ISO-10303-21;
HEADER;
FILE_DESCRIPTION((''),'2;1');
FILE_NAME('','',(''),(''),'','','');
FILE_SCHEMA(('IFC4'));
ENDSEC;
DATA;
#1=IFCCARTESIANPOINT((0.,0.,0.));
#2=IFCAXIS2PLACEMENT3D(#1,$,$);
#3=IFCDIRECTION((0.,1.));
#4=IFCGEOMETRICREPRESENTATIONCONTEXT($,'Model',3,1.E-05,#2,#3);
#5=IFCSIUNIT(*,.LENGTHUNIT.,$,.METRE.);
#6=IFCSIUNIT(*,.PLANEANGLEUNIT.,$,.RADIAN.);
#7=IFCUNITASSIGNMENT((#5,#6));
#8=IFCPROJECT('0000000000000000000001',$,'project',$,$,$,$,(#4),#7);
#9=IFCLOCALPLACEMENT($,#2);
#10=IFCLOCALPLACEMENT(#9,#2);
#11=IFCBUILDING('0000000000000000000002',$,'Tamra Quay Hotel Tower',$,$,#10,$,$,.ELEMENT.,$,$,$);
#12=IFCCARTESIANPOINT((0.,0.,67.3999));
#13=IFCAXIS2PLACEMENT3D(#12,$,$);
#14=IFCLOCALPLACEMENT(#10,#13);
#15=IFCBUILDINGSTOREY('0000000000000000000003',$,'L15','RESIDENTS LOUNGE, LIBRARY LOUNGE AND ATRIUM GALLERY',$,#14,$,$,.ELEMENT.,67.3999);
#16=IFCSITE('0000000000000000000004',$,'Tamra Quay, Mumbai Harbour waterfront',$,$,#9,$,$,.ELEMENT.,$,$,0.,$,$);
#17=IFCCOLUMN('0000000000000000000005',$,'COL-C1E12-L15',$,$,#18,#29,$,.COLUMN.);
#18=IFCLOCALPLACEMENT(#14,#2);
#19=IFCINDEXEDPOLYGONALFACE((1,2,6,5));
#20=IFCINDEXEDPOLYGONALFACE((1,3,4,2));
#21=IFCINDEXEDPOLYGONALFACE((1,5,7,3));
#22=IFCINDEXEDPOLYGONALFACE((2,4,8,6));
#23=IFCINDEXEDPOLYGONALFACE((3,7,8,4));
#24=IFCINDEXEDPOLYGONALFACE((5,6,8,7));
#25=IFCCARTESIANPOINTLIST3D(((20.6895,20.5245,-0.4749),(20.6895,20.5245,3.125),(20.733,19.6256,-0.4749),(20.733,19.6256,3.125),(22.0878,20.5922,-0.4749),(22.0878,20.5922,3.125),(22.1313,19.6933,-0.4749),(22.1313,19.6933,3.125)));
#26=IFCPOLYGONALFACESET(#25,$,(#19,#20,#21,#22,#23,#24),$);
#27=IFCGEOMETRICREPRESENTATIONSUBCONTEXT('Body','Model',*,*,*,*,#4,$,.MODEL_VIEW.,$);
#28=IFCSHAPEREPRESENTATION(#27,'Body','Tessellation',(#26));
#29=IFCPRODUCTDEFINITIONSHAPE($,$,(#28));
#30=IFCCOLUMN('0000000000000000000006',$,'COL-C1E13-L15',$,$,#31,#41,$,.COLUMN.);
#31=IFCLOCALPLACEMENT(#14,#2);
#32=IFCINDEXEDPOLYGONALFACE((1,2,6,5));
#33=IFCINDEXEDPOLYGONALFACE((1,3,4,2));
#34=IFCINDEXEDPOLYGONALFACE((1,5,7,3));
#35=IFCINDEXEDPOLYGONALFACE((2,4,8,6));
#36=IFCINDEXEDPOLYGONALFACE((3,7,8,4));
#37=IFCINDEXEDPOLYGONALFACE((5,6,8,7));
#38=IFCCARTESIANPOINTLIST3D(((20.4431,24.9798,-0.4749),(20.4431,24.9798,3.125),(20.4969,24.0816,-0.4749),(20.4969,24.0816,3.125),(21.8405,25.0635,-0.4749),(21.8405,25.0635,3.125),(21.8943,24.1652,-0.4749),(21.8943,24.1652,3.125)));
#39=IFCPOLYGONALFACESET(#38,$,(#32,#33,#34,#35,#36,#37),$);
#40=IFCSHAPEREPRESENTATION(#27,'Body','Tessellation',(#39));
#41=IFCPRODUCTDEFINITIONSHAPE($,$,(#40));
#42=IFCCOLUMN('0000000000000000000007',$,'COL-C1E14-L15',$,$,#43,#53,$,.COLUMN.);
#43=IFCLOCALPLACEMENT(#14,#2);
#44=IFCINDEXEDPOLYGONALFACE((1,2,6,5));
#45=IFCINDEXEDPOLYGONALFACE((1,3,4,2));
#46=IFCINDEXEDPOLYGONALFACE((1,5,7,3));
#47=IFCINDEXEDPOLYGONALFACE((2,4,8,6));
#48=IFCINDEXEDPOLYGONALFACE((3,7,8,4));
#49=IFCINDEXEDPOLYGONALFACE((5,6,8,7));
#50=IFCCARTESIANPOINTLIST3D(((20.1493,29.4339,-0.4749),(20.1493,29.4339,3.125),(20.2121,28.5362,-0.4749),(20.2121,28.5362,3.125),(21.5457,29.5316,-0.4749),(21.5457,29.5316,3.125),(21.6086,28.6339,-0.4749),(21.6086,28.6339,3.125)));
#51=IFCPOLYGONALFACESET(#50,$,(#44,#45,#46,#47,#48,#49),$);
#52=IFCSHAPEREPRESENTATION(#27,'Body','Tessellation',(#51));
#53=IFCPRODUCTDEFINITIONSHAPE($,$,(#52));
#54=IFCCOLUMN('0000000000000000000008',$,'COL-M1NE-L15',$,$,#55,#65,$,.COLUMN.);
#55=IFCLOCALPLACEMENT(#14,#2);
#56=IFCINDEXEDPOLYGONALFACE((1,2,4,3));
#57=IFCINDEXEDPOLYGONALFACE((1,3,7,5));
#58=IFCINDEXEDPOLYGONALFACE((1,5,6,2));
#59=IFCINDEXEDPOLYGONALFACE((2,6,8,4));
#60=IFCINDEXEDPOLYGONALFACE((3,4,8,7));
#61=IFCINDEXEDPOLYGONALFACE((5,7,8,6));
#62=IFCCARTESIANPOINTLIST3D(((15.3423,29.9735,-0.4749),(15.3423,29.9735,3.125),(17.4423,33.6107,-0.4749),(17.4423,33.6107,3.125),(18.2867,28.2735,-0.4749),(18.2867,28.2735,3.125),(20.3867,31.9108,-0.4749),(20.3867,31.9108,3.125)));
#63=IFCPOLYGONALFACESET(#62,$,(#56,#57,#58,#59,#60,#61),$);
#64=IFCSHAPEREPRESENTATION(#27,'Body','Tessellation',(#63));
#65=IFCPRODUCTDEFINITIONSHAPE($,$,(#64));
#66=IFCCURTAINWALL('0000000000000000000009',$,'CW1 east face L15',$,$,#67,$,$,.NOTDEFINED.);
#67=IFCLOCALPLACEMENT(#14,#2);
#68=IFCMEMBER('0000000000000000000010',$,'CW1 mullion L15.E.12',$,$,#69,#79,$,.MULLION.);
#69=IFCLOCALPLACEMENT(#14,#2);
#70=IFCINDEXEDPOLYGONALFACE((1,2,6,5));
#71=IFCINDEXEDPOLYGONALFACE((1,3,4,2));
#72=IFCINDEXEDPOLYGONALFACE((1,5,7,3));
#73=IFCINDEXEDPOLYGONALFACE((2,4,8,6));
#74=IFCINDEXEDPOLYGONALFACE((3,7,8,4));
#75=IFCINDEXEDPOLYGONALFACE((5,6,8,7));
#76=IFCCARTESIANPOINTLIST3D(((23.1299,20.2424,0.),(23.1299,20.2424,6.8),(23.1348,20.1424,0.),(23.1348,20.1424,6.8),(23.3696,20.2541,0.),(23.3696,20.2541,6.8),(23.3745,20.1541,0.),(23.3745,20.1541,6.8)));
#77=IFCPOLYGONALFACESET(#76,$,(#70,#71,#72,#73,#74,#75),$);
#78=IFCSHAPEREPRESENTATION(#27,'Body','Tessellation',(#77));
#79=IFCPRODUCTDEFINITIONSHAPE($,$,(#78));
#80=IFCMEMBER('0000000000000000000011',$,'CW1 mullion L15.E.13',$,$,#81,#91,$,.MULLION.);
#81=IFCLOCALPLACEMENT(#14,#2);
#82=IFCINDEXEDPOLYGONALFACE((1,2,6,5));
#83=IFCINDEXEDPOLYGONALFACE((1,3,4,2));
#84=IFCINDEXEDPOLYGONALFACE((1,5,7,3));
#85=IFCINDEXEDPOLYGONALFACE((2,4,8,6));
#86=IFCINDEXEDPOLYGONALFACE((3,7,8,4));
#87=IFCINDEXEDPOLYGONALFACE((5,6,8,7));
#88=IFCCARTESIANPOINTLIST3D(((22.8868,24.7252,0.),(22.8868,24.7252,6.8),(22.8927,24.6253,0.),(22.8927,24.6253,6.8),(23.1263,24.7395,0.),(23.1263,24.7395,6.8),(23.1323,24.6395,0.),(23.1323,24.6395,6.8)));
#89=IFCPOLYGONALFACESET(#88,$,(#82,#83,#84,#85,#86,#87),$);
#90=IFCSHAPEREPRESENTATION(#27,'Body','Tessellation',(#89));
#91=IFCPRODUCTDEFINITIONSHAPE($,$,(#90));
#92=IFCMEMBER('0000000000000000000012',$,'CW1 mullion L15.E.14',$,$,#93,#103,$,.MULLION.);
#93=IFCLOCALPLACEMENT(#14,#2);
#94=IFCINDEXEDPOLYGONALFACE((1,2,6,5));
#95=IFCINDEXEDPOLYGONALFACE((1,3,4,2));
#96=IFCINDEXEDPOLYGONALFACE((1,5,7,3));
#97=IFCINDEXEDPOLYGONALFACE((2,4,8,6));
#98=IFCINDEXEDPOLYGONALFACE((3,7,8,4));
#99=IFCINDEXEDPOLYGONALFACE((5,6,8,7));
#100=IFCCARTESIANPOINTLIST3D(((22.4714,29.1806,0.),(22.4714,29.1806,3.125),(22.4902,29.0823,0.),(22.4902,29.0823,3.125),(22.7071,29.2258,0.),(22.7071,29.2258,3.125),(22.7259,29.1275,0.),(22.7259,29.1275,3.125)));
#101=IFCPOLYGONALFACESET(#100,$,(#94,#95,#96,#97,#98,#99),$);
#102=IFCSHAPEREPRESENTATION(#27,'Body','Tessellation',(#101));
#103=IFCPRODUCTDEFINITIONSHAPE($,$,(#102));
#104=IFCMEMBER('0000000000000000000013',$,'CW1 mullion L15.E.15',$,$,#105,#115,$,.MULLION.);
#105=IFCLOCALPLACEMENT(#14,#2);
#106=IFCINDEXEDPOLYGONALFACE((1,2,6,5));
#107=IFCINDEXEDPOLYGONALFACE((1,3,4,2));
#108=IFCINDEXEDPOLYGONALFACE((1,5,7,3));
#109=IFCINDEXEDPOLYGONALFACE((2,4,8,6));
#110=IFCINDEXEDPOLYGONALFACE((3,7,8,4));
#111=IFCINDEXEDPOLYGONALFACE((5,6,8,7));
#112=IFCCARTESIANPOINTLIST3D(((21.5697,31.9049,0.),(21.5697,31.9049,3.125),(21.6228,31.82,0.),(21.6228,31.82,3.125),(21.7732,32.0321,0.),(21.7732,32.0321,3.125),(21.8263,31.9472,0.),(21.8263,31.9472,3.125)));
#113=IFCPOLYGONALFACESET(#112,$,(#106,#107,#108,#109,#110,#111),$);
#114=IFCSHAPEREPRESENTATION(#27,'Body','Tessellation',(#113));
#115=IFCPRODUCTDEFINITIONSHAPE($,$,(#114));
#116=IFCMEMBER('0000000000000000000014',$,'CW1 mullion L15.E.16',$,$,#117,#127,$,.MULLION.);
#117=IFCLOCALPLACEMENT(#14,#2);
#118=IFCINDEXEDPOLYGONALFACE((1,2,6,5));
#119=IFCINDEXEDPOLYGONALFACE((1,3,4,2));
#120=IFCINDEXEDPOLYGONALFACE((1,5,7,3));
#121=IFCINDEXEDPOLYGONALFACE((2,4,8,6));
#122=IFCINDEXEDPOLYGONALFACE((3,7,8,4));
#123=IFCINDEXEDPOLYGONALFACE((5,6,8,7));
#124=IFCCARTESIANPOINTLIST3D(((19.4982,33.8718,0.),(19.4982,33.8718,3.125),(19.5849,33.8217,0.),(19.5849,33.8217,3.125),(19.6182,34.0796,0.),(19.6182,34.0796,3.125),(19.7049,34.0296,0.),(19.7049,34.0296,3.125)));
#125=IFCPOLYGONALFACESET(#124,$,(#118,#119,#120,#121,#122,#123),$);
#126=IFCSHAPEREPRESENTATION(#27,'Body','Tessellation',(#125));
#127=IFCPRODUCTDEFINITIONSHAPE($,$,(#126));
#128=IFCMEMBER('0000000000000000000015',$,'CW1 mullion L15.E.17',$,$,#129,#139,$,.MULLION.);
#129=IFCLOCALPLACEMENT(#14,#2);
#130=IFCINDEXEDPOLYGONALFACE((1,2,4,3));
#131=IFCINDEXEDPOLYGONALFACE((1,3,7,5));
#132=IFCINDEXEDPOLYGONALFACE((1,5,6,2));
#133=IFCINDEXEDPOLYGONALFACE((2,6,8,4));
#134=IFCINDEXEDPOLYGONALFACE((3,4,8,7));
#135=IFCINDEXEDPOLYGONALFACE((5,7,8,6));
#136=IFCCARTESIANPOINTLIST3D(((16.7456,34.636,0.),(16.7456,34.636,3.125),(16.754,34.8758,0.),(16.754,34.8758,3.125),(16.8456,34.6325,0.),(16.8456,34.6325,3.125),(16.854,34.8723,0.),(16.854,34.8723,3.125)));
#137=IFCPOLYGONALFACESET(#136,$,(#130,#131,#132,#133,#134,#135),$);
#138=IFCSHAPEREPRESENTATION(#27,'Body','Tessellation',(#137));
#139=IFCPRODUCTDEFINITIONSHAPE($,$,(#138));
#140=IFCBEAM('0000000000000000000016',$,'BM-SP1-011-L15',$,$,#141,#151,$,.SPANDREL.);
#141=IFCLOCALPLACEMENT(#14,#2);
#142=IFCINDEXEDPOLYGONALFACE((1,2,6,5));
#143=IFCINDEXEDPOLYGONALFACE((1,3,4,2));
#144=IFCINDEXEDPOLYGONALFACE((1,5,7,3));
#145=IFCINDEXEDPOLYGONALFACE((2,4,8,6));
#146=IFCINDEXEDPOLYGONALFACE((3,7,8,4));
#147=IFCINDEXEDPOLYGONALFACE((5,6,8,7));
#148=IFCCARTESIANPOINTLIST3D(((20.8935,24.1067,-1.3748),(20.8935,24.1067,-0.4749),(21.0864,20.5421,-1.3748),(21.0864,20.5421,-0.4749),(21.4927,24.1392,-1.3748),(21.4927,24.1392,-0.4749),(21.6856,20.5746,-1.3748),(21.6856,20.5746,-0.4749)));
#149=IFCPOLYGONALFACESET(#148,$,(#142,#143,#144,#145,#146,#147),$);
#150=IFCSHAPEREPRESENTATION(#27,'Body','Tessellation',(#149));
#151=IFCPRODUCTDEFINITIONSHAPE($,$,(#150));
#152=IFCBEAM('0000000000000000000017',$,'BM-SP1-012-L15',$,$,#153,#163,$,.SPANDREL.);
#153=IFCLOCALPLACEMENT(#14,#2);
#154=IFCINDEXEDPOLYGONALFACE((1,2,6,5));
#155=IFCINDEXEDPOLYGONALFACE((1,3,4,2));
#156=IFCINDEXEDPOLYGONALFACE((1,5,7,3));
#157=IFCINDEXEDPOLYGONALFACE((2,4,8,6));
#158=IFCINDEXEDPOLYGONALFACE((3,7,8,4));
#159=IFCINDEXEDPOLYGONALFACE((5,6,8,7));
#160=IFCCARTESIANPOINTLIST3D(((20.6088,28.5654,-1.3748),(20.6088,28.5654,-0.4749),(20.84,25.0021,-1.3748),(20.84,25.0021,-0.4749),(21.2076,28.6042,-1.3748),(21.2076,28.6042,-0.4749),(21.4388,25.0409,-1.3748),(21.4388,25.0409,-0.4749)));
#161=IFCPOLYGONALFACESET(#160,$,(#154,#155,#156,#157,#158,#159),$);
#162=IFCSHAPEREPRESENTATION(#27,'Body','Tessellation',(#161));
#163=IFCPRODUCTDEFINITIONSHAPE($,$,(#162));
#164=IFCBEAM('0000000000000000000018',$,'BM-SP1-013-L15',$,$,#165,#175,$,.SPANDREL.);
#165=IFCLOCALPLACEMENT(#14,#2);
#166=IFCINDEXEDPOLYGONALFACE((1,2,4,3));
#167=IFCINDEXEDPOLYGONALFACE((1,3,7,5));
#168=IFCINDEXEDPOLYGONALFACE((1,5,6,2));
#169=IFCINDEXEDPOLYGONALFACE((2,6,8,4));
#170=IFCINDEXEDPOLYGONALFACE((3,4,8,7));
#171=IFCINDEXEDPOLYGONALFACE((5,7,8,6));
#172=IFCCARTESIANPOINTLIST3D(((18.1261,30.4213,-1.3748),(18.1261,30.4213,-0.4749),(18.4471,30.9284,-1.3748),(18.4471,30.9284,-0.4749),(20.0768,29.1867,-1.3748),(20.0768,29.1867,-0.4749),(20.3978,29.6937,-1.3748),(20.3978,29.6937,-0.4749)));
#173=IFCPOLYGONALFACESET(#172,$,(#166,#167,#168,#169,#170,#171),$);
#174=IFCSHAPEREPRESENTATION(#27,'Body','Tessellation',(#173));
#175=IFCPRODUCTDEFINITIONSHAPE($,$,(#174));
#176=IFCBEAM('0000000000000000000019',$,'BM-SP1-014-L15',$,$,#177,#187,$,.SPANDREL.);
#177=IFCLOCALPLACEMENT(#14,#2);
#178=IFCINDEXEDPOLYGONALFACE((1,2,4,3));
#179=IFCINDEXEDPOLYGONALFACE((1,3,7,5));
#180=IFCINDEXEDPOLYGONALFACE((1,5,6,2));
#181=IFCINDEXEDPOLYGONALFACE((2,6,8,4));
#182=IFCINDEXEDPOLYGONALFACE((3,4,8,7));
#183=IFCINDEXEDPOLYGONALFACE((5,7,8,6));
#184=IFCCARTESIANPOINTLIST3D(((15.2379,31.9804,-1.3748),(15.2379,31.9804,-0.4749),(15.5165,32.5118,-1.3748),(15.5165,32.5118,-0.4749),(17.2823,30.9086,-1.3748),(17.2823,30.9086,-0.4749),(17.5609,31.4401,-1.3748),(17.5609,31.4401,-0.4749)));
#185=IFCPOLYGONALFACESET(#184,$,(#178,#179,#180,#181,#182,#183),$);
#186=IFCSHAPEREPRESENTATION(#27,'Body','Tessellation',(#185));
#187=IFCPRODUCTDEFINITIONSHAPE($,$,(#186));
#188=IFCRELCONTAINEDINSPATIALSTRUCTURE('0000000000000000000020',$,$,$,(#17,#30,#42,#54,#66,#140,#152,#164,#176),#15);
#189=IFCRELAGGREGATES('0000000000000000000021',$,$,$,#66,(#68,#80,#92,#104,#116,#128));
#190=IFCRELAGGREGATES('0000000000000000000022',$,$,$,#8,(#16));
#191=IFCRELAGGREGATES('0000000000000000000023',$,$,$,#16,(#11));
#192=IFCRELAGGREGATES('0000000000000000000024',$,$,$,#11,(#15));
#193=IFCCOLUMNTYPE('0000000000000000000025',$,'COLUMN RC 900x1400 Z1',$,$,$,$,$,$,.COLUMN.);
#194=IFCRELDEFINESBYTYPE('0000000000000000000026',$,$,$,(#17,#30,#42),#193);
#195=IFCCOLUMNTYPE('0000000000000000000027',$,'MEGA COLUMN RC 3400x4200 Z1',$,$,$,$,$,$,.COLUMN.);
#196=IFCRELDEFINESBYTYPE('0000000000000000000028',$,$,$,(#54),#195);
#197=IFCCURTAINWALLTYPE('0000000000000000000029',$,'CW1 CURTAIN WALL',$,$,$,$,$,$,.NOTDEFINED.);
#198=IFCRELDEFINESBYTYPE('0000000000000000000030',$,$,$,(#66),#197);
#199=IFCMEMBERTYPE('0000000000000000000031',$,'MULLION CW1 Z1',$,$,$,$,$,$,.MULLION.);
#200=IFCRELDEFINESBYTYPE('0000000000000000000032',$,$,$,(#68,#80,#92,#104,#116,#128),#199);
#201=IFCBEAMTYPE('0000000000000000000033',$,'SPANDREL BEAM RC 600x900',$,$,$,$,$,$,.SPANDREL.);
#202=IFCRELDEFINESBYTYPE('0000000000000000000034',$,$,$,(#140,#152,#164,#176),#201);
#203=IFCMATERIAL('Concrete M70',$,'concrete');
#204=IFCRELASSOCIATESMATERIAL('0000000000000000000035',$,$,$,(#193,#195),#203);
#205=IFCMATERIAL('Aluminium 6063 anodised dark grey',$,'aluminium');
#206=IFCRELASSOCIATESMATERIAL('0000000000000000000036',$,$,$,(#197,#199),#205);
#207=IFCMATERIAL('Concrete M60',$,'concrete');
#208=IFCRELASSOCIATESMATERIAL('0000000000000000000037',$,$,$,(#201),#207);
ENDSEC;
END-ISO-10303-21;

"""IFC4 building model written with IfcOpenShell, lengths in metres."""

from ifc_helpers import new_model, si_unit, direction, frame, origin, origin_2d, place, context, subcontext, project, spatial, rectangle, extrude, material, material_profile, profile_set, type_object, element, aggregate, save


model = new_model("IFC4")

# Units and contexts
model_context = context("Model", 3, precision=1e-05, world=origin(), true_north=direction((0.0, 1.0)))
body_context = subcontext(model_context, "Body", "Model", "MODEL_VIEW")
ifc_project = project(units=[si_unit("LENGTHUNIT", "METRE"), si_unit("PLANEANGLEUNIT", "RADIAN")], contexts=[model_context])

# Site, building, storey
site_placement = place(None, origin())
site = spatial("IfcSite", under=ifc_project, at=site_placement, Name="Tamra Quay, Mumbai Harbour waterfront", CompositionType="ELEMENT", RefElevation=0.0)
building_placement = place(site_placement, origin())
building = spatial("IfcBuilding", under=site, at=building_placement, Name="Tamra Quay Hotel Tower", CompositionType="ELEMENT")
storey_placement = place(building_placement, frame((0.0, 0.0, 67.3999)))
storey = spatial("IfcBuildingStorey", under=building, at=storey_placement, Name="L15", Description="RESIDENTS LOUNGE, LIBRARY LOUNGE AND ATRIUM GALLERY", CompositionType="ELEMENT", Elevation=67.3999)

# Columns
ifc_material_1 = material(Name="Concrete M70", Category="concrete")
ifc_material_profile_1 = material_profile(ifc_material_1, rectangle(XDim=1.3999, YDim=0.8999, at=origin_2d()), Name="COLUMN RC 900x1400 Z1")
ifc_profile_set_1 = profile_set([ifc_material_profile_1], Name="Concrete M70")
column_type_1 = type_object("IfcColumnType", Name="COLUMN RC 900x1400 Z1", PredefinedType="COLUMN", material=ifc_profile_set_1)
for number, where, z_axis, x_axis, name in (
    (1, (21.4104, 20.1089, -0.4749), (0.0, 0.0, 1.0), (0.998831, 0.048344, 0.0), "COL-C1E12-L15"),
    (2, (21.1687, 24.5725, -0.4749), (0.0, 0.0, 1.0), (0.998214, 0.059733, 0.0), "COL-C1E13-L15"),
    (3, (20.8789, 29.0339, -0.4749), (0.0, 0.0, 1.0), (0.997562, 0.06979, 0.0), "COL-C1E14-L15"),
):
    element("IfcColumn", number, at=place(storey_placement, frame(where, z_axis=z_axis, x_axis=x_axis)), inside=storey, type_object=column_type_1, Name=name, PredefinedType="COLUMN", context=body_context, shape_type="SweptSolid", body=[
        extrude(rectangle(XDim=1.3999, YDim=0.8999, at=origin_2d()), origin(), (0.0, 0.0, 1.0), 3.5999),
    ])
ifc_material_profile_2 = material_profile(ifc_material_1, rectangle(XDim=4.2, YDim=3.3999, at=origin_2d()), Name="MEGA COLUMN RC 3400x4200 Z1")
ifc_profile_set_2 = profile_set([ifc_material_profile_2], Name="Concrete M70")
column_type_2 = type_object("IfcColumnType", Name="MEGA COLUMN RC 3400x4200 Z1", PredefinedType="COLUMN", material=ifc_profile_set_2)
column_placement = place(storey_placement, frame((17.8645, 30.9421, -0.4749), z_axis=(0.0, 0.0, 1.0), x_axis=(0.5, 0.866025, 0.0)))
element("IfcColumn", 4, at=column_placement, inside=storey, type_object=column_type_2, Name="COL-M1NE-L15", PredefinedType="COLUMN", context=body_context, shape_type="SweptSolid", body=[
    extrude(rectangle(XDim=4.2, YDim=3.3999, at=origin_2d()), origin(), (0.0, 0.0, 1.0), 3.5999),
])

# Curtain wall, members
ifc_material_2 = material(Name="Aluminium 6063 anodised dark grey", Category="aluminium")
curtain_wall_type = type_object("IfcCurtainWallType", Name="CW1 CURTAIN WALL", PredefinedType="NOTDEFINED", material=ifc_material_2)
curtain_wall_placement = place(storey_placement, origin())
curtain_wall = element("IfcCurtainWall", 5, at=curtain_wall_placement, inside=storey, type_object=curtain_wall_type, Name="CW1 east face L15", PredefinedType="NOTDEFINED")
ifc_material_profile_3 = material_profile(ifc_material_2, rectangle(XDim=0.24, YDim=0.1001, at=origin_2d()), Name="MULLION 100X240")
ifc_profile_set_3 = profile_set([ifc_material_profile_3], Name="Aluminium 6063 anodised dark grey")
member_type_1 = type_object("IfcMemberType", Name="MULLION CW1 Z1", PredefinedType="MULLION", material=ifc_profile_set_3)
member_1_placement = place(storey_placement, frame((23.2522, 20.1982, 0.0), z_axis=(0.0, 0.0, 1.0), x_axis=(0.998815, 0.048675, 0.0)))
member_1 = element("IfcMember", 6, at=member_1_placement, type_object=member_type_1, Name="CW1 mullion L15.E.12", PredefinedType="MULLION", context=body_context, shape_type="SweptSolid", body=[
    extrude(rectangle(XDim=0.24, YDim=0.1001, at=origin_2d()), origin(), (0.0, 0.0, 1.0), 6.8),
])
member_2_placement = place(storey_placement, frame((23.0095, 24.6824, 0.0), z_axis=(0.0, 0.0, 1.0), x_axis=(0.998232, 0.059439, 0.0)))
member_2 = element("IfcMember", 7, at=member_2_placement, type_object=member_type_1, Name="CW1 mullion L15.E.13", PredefinedType="MULLION", context=body_context, shape_type="SweptSolid", body=[
    extrude(rectangle(XDim=0.24, YDim=0.1001, at=origin_2d()), origin(), (0.0, 0.0, 1.0), 6.8),
])
member_3_placement = place(storey_placement, frame((22.5986, 29.1541, 0.0), z_axis=(0.0, 0.0, 1.0), x_axis=(0.982095, 0.188389, 0.0)))
member_3 = element("IfcMember", 8, at=member_3_placement, type_object=member_type_1, Name="CW1 mullion L15.E.14", PredefinedType="MULLION", context=body_context, shape_type="SweptSolid", body=[
    extrude(rectangle(XDim=0.24, YDim=0.1001, at=origin_2d()), origin(), (0.0, 0.0, 1.0), 3.125),
])
member_4_placement = place(storey_placement, frame((21.698, 31.926, 0.0), z_axis=(0.0, 0.0, 1.0), x_axis=(0.848039, 0.529933, 0.0)))
member_4 = element("IfcMember", 9, at=member_4_placement, type_object=member_type_1, Name="CW1 mullion L15.E.15", PredefinedType="MULLION", context=body_context, shape_type="SweptSolid", body=[
    extrude(rectangle(XDim=0.24, YDim=0.1001, at=origin_2d()), origin(), (0.0, 0.0, 1.0), 3.125),
])
member_5_placement = place(storey_placement, frame((19.6016, 33.9507, 0.0), z_axis=(0.0, 0.0, 1.0), x_axis=(0.5, 0.866025, 0.0)))
member_5 = element("IfcMember", 10, at=member_5_placement, type_object=member_type_1, Name="CW1 mullion L15.E.16", PredefinedType="MULLION", context=body_context, shape_type="SweptSolid", body=[
    extrude(rectangle(XDim=0.24, YDim=0.1001, at=origin_2d()), origin(), (0.0, 0.0, 1.0), 3.125),
])
member_6_placement = place(storey_placement, frame((16.7998, 34.7542, 0.0), z_axis=(0.0, 0.0, 1.0), x_axis=(0.034916, 0.99939, 0.0)))
member_6 = element("IfcMember", 11, at=member_6_placement, type_object=member_type_1, Name="CW1 mullion L15.E.17", PredefinedType="MULLION", context=body_context, shape_type="SweptSolid", body=[
    extrude(rectangle(XDim=0.24, YDim=0.1001, at=origin_2d()), origin(), (0.0, 0.0, 1.0), 3.125),
])

# Beams
ifc_material_3 = material(Name="Concrete M60", Category="concrete")
ifc_material_profile_4 = material_profile(ifc_material_3, rectangle(XDim=0.6001, YDim=0.8999, at=origin_2d()), Name="SPANDREL BEAM RC 600x900")
ifc_profile_set_4 = profile_set([ifc_material_profile_4], Name="Concrete M60")
beam_type = type_object("IfcBeamType", Name="SPANDREL BEAM RC 600x900", PredefinedType="SPANDREL", material=ifc_profile_set_4)
beam_1_placement = place(storey_placement, frame((21.386, 20.5583, -0.9248), z_axis=(-0.054027, 0.998539, 0.0), x_axis=(-0.998539, -0.054027, 0.0)))
element("IfcBeam", 12, at=beam_1_placement, inside=storey, type_object=beam_type, Name="BM-SP1-011-L15", PredefinedType="SPANDREL", context=body_context, shape_type="SweptSolid", body=[
    extrude(rectangle(XDim=0.6001, YDim=0.8999, at=origin_2d()), origin(), (0.0, 0.0, 1.0), 3.5698),
])
beam_2_placement = place(storey_placement, frame((21.1394, 25.0215, -0.9248), z_axis=(-0.064749, 0.997902, 0.0), x_axis=(-0.997902, -0.064749, 0.0)))
element("IfcBeam", 13, at=beam_2_placement, inside=storey, type_object=beam_type, Name="BM-SP1-012-L15", PredefinedType="SPANDREL", context=body_context, shape_type="SweptSolid", body=[
    extrude(rectangle(XDim=0.6001, YDim=0.8999, at=origin_2d()), origin(), (0.0, 0.0, 1.0), 3.5708),
])
beam_3_placement = place(storey_placement, frame((20.2373, 29.4402, -0.9248), z_axis=(-0.844978, 0.5348, 0.0), x_axis=(-0.5348, -0.844978, 0.0)))
element("IfcBeam", 14, at=beam_3_placement, inside=storey, type_object=beam_type, Name="BM-SP1-013-L15", PredefinedType="SPANDREL", context=body_context, shape_type="SweptSolid", body=[
    extrude(rectangle(XDim=0.6001, YDim=0.8999, at=origin_2d()), origin(), (0.0, 0.0, 1.0), 2.3086),
])
beam_4_placement = place(storey_placement, frame((17.4216, 31.1743, -0.9248), z_axis=(-0.885674, 0.464307, 0.0), x_axis=(-0.464307, -0.885674, 0.0)))
element("IfcBeam", 15, at=beam_4_placement, inside=storey, type_object=beam_type, Name="BM-SP1-014-L15", PredefinedType="SPANDREL", context=body_context, shape_type="SweptSolid", body=[
    extrude(rectangle(XDim=0.6001, YDim=0.8999, at=origin_2d()), origin(), (0.0, 0.0, 1.0), 2.3083),
])

aggregate(curtain_wall, [member_1, member_2, member_3, member_4, member_5, member_6])

save(model, "model.ifc")
